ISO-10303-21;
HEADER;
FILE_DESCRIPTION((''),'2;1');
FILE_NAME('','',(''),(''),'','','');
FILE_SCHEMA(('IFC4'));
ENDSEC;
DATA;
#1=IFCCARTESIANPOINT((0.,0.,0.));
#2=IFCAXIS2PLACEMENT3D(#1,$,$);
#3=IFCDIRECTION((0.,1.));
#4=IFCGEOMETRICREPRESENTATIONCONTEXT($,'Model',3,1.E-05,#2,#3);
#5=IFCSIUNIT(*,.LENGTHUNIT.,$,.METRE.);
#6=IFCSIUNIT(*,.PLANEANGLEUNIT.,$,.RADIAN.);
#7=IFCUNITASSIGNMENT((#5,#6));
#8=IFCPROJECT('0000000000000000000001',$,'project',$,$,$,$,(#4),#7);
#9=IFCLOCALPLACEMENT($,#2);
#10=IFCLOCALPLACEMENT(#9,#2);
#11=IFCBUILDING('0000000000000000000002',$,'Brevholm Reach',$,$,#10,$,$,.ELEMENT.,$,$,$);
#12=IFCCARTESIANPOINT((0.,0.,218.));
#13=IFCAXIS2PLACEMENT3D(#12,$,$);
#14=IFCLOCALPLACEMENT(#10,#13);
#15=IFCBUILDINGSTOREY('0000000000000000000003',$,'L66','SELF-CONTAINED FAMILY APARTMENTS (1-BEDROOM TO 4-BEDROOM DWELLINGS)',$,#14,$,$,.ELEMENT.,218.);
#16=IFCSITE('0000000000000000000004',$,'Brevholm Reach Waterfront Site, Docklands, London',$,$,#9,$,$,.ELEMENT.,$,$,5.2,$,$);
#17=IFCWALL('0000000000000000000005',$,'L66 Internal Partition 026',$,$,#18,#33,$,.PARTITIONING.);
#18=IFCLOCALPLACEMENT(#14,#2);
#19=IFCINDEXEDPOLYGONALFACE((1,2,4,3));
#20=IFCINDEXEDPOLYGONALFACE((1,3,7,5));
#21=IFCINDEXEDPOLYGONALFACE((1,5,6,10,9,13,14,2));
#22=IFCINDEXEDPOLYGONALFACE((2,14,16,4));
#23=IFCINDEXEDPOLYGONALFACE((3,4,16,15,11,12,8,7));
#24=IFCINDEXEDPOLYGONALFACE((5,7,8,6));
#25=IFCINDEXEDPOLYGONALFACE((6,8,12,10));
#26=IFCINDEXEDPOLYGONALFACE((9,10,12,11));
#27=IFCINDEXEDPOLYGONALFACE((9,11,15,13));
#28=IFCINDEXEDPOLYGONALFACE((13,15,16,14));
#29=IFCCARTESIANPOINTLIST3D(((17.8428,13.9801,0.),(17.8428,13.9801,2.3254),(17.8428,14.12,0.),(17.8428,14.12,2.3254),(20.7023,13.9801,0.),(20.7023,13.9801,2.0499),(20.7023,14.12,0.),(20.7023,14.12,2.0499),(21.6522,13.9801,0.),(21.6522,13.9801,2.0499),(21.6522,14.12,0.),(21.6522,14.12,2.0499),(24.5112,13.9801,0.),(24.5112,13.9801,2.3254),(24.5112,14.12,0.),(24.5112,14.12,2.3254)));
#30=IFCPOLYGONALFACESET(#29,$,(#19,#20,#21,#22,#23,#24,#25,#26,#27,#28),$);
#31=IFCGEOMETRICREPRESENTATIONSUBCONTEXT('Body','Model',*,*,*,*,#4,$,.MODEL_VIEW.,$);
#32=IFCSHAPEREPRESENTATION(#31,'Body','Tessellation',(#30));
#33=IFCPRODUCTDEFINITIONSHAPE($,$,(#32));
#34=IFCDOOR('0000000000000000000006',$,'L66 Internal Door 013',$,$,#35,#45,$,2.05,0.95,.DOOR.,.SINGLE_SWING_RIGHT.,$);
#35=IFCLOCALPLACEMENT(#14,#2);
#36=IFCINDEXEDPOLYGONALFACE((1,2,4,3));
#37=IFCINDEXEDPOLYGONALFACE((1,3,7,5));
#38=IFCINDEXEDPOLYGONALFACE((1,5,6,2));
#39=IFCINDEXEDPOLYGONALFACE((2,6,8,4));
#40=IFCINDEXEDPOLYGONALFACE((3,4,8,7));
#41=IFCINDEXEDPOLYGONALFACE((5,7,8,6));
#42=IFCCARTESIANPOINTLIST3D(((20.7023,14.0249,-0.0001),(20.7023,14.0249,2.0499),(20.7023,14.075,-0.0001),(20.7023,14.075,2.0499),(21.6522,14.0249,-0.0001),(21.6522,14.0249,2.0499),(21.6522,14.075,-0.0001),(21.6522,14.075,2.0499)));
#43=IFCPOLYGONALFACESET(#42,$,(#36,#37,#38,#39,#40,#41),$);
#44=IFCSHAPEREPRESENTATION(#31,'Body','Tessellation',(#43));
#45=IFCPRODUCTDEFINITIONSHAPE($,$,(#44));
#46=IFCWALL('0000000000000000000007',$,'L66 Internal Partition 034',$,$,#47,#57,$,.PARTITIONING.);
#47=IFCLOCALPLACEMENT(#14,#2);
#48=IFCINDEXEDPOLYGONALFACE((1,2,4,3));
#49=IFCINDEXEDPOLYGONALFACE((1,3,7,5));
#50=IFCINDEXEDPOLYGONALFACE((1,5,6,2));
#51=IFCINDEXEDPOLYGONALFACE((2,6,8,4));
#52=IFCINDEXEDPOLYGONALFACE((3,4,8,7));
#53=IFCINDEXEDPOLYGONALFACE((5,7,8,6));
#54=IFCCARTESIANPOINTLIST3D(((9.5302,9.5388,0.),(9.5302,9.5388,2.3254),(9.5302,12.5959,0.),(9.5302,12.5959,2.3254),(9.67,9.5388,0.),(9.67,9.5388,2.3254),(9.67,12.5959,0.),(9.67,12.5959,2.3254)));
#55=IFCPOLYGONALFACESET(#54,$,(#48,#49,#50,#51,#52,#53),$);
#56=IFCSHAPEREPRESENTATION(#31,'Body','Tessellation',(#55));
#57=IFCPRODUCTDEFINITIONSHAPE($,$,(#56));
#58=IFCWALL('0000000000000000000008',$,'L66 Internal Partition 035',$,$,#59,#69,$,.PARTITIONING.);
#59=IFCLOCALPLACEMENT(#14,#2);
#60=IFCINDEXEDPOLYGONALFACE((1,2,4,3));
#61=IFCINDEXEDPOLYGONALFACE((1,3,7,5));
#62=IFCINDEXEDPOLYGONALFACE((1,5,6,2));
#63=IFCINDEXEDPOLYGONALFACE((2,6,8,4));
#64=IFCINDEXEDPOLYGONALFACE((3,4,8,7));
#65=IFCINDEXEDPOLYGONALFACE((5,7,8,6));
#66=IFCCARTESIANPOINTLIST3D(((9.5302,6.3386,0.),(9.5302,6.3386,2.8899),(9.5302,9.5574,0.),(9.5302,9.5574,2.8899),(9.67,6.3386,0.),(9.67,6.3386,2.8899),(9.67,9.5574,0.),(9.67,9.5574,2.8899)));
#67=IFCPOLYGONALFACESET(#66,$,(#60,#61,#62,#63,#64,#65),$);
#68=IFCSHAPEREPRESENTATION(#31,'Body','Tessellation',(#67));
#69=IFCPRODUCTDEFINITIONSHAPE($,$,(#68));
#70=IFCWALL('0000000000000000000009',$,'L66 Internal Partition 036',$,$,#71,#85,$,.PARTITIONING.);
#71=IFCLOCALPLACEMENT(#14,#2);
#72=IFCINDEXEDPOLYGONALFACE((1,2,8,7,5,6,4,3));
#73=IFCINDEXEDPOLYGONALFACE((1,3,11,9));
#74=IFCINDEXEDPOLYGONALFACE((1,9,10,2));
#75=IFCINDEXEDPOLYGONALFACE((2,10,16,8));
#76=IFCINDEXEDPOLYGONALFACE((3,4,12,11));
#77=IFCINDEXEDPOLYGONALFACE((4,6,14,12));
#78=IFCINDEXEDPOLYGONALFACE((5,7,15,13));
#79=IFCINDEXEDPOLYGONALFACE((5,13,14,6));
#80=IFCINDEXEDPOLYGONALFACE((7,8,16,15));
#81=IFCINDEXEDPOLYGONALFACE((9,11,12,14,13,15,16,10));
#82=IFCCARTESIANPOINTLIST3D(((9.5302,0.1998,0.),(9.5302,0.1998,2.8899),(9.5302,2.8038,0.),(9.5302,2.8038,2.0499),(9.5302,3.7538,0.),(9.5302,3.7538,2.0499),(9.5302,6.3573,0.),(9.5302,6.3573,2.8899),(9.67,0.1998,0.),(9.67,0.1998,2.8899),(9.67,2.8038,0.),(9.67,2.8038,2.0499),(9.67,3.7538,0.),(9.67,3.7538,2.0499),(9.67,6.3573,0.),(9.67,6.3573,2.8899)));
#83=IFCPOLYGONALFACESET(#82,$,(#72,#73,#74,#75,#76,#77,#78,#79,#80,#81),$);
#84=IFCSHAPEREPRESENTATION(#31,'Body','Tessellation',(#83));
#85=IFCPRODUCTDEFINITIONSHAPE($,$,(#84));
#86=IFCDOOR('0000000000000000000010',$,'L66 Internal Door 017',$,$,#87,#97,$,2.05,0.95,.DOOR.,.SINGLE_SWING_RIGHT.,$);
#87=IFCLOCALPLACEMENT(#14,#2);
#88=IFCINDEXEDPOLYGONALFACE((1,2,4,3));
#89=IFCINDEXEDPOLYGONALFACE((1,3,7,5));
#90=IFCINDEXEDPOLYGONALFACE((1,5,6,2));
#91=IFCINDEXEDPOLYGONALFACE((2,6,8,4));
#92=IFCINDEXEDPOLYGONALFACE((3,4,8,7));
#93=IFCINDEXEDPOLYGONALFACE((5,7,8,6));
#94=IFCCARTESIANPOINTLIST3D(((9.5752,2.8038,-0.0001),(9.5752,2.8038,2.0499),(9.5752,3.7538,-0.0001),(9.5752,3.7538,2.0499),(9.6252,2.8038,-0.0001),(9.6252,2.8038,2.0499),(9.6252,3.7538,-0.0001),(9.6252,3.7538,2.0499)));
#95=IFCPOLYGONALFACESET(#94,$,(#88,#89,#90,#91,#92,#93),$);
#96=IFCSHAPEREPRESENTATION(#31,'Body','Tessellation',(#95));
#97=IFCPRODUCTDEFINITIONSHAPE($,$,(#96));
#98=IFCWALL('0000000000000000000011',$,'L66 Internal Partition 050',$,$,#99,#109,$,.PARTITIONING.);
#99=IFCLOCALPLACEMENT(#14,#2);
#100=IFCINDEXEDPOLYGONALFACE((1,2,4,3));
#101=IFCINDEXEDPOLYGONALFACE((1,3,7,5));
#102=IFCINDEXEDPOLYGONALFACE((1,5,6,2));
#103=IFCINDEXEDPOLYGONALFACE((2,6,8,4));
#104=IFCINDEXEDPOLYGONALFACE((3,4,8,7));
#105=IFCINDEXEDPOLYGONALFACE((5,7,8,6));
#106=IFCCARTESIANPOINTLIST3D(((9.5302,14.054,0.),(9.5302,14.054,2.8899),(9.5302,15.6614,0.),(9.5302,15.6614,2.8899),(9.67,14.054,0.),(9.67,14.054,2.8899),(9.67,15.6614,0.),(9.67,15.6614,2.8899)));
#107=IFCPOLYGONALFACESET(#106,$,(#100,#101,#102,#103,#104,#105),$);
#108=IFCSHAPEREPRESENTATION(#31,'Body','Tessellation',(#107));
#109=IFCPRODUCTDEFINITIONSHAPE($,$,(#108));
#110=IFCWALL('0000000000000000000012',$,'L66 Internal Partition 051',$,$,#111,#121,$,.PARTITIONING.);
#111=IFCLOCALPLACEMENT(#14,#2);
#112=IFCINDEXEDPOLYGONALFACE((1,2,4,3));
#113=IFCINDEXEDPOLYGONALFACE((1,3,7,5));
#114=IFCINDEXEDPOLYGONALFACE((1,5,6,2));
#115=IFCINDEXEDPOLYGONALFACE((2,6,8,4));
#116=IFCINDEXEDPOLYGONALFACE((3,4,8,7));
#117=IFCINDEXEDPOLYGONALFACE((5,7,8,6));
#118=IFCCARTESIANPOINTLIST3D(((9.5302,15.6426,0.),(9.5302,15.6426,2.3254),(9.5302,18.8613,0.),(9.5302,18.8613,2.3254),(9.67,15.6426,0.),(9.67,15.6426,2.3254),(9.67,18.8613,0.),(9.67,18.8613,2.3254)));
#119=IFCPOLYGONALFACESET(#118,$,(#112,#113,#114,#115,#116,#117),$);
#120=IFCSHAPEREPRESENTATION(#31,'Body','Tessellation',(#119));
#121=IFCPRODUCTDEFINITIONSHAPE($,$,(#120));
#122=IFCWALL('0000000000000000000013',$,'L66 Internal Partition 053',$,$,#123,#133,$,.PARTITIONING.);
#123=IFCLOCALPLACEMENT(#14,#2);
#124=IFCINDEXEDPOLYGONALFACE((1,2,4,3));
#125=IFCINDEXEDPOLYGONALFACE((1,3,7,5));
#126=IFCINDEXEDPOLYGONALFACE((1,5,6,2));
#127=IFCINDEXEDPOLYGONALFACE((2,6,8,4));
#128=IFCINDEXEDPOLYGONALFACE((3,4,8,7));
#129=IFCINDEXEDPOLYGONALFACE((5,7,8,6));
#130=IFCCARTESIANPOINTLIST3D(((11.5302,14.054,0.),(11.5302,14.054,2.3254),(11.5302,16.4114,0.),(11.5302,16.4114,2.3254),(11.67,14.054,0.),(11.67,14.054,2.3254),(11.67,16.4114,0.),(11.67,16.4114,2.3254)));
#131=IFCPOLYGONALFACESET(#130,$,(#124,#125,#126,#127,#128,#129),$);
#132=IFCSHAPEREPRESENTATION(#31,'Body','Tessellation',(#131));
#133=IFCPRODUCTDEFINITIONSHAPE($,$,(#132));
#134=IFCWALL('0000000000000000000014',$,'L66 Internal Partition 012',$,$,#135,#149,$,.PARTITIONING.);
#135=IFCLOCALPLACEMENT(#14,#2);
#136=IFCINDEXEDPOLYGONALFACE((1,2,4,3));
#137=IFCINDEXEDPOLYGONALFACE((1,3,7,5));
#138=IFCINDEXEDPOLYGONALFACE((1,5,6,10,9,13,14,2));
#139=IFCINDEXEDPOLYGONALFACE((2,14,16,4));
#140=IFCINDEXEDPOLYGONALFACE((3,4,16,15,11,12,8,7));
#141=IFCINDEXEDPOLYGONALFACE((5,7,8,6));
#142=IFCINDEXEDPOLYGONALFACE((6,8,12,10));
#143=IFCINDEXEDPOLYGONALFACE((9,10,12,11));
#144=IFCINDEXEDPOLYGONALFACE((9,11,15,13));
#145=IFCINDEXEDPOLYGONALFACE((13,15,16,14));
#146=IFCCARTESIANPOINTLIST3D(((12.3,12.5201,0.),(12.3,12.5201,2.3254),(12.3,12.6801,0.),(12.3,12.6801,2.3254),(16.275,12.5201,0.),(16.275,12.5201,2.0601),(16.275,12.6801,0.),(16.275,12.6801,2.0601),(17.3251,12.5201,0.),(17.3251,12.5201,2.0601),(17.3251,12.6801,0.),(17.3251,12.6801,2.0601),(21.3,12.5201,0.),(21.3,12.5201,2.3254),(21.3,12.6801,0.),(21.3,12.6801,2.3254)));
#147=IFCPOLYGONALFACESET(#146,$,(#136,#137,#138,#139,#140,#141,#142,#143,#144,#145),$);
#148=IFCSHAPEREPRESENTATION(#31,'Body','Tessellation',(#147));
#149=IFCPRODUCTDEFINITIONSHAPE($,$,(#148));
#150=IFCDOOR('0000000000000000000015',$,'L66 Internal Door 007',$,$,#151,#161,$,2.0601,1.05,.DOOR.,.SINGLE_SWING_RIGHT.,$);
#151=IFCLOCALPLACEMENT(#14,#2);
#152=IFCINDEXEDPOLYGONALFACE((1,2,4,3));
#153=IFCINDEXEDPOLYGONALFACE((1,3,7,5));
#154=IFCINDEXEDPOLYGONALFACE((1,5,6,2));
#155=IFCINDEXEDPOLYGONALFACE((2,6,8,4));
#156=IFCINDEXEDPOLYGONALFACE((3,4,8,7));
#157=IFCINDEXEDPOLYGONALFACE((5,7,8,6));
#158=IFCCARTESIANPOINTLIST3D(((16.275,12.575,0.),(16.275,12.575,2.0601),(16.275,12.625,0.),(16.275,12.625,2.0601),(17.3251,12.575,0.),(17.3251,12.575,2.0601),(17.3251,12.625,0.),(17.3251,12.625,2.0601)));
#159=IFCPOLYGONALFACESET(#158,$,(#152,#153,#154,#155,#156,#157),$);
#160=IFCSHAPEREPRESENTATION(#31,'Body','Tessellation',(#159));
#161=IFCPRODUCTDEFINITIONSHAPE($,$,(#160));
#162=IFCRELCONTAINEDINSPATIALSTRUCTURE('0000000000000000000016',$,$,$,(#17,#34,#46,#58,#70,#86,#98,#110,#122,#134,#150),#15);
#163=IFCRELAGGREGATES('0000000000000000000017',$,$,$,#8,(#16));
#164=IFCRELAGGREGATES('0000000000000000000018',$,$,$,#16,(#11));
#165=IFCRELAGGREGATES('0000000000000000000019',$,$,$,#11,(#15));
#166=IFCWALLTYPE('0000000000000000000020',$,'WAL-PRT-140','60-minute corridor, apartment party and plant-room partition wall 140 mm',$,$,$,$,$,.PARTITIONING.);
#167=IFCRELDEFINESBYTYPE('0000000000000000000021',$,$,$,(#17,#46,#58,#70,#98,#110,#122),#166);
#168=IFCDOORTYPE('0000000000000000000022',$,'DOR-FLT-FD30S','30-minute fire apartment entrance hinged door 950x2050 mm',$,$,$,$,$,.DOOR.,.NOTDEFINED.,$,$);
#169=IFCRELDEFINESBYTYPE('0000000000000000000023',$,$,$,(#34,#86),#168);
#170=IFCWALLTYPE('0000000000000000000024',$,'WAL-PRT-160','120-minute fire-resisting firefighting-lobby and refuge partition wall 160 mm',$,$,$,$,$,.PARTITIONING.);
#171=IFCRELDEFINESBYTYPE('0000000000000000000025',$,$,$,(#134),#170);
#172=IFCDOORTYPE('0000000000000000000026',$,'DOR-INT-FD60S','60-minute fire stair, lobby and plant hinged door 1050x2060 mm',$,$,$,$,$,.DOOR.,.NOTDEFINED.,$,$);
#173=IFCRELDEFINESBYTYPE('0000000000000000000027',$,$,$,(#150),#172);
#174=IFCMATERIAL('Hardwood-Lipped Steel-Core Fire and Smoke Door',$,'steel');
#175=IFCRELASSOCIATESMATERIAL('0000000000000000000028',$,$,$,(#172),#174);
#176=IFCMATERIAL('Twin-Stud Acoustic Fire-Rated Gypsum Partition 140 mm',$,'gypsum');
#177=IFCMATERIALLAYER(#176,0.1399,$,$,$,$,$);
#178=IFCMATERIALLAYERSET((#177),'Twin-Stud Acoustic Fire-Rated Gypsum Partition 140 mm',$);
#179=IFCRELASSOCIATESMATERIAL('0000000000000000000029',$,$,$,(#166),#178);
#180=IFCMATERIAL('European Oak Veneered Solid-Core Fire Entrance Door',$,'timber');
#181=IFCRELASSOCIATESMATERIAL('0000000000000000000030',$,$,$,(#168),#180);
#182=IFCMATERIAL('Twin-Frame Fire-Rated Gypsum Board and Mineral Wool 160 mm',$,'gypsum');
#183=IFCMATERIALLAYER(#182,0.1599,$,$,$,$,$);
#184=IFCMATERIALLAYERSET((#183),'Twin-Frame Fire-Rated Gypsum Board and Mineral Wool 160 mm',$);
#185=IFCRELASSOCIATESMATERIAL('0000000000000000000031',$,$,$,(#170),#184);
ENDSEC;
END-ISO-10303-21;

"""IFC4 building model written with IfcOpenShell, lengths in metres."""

from ifc_helpers import new_model, si_unit, direction, frame, frame_2d, origin, place, context, subcontext, project, spatial, rectangle, extrude, material, layer, layer_set, type_object, element, fill, save


model = new_model("IFC4")

# Units and contexts
model_context = context("Model", 3, precision=1e-05, world=origin(), true_north=direction((0.0, 1.0)))
body_context = subcontext(model_context, "Body", "Model", "MODEL_VIEW")
ifc_project = project(units=[si_unit("LENGTHUNIT", "METRE"), si_unit("PLANEANGLEUNIT", "RADIAN")], contexts=[model_context])

# Site, building, storey
site_placement = place(None, origin())
site = spatial("IfcSite", under=ifc_project, at=site_placement, Name="Brevholm Reach Waterfront Site, Docklands, London", CompositionType="ELEMENT", RefElevation=5.2)
building_placement = place(site_placement, origin())
building = spatial("IfcBuilding", under=site, at=building_placement, Name="Brevholm Reach", CompositionType="ELEMENT")
storey_placement = place(building_placement, frame((0.0, 0.0, 218.0)))
storey = spatial("IfcBuildingStorey", under=building, at=storey_placement, Name="L66", Description="SELF-CONTAINED FAMILY APARTMENTS (1-BEDROOM TO 4-BEDROOM DWELLINGS)", CompositionType="ELEMENT", Elevation=218.0)

# Shared definitions
ifc_material_1 = material(Name="Hardwood-Lipped Steel-Core Fire and Smoke Door", Category="steel")
door_type_1 = type_object("IfcDoorType", Name="DOR-INT-FD60S", Description="60-minute fire stair, lobby and plant hinged door 1050x2060 mm", OperationType="NOTDEFINED", PredefinedType="DOOR", material=ifc_material_1)

# Shared definitions
ifc_material_2 = material(Name="Twin-Stud Acoustic Fire-Rated Gypsum Partition 140 mm", Category="gypsum")
ifc_layer_1 = layer(ifc_material_2, 0.1399)
ifc_layer_set_1 = layer_set([ifc_layer_1], Name="Twin-Stud Acoustic Fire-Rated Gypsum Partition 140 mm")
wall_type_1 = type_object("IfcWallType", Name="WAL-PRT-140", Description="60-minute corridor, apartment party and plant-room partition wall 140 mm", PredefinedType="PARTITIONING", material=ifc_layer_set_1)

# Wall, opening, door
wall_1_placement = place(storey_placement, frame((17.8428, 14.05, 0.0), z_axis=(0.0, 0.0, 1.0), x_axis=(1.0, 0.0, 0.0)))
wall_1 = element("IfcWall", 1, at=wall_1_placement, inside=storey, type_object=wall_type_1, Name="L66 Internal Partition 026", PredefinedType="PARTITIONING", context=body_context, shape_type="SweptSolid", body=[
    extrude(rectangle(XDim=6.6685, YDim=0.1399, at=frame_2d((3.3342, 0.0))), origin(), (0.0, 0.0, 1.0), 2.3254),
])
opening_1_placement = place(wall_1_placement, frame((2.8594, 0.0, 0.0)))
opening_1 = element("IfcOpeningElement", 2, at=opening_1_placement, cuts=wall_1, PredefinedType="OPENING", context=body_context, shape_type="SweptSolid", body=[
    extrude(rectangle(XDim=0.95, YDim=2.05, at=frame_2d((0.4751, 1.0249))), frame((0.0, 0.0798, 0.0), z_axis=(0.0, -1.0, 0.0), x_axis=(1.0, 0.0, 0.0)), (0.0, 0.0, 1.0), 0.1599),
])
ifc_material_3 = material(Name="European Oak Veneered Solid-Core Fire Entrance Door", Category="timber")
door_type_2 = type_object("IfcDoorType", Name="DOR-FLT-FD30S", Description="30-minute fire apartment entrance hinged door 950x2050 mm", OperationType="NOTDEFINED", PredefinedType="DOOR", material=ifc_material_3)
door_1_placement = place(opening_1_placement, origin())
door_1 = element("IfcDoor", 3, at=door_1_placement, inside=storey, type_object=door_type_2, Name="L66 Internal Door 013", OperationType="SINGLE_SWING_RIGHT", OverallHeight=2.05, OverallWidth=0.95, PredefinedType="DOOR", context=body_context, shape_type="SweptSolid", body=[
    extrude(rectangle(XDim=0.95, YDim=2.05, at=frame_2d((0.4751, 1.0249))), frame((0.0, 0.0249, 0.0), z_axis=(0.0, -1.0, 0.0), x_axis=(1.0, 0.0, 0.0)), (0.0, 0.0, 1.0), 0.05),
])
fill(opening_1, door_1)

# Walls
wall_2_placement = place(storey_placement, frame((9.6001, 9.5388, 0.0), z_axis=(0.0, 0.0, 1.0), x_axis=(0.0, 1.0, 0.0)))
element("IfcWall", 4, at=wall_2_placement, inside=storey, type_object=wall_type_1, Name="L66 Internal Partition 034", PredefinedType="PARTITIONING", context=body_context, shape_type="SweptSolid", body=[
    extrude(rectangle(XDim=3.0571, YDim=0.1399, at=frame_2d((1.5286, 0.0))), origin(), (0.0, 0.0, 1.0), 2.3254),
])
wall_3_placement = place(storey_placement, frame((9.6001, 6.3386, 0.0), z_axis=(0.0, 0.0, 1.0), x_axis=(0.0, 1.0, 0.0)))
element("IfcWall", 5, at=wall_3_placement, inside=storey, type_object=wall_type_1, Name="L66 Internal Partition 035", PredefinedType="PARTITIONING", context=body_context, shape_type="SweptSolid", body=[
    extrude(rectangle(XDim=3.2188, YDim=0.1399, at=frame_2d((1.6094, 0.0))), origin(), (0.0, 0.0, 1.0), 2.8899),
])

# Wall, opening, door
wall_4_placement = place(storey_placement, frame((9.6001, 0.2, 0.0), z_axis=(0.0, 0.0, 1.0), x_axis=(0.0, 1.0, 0.0)))
wall_4 = element("IfcWall", 6, at=wall_4_placement, inside=storey, type_object=wall_type_1, Name="L66 Internal Partition 036", PredefinedType="PARTITIONING", context=body_context, shape_type="SweptSolid", body=[
    extrude(rectangle(XDim=6.1575, YDim=0.1399, at=frame_2d((3.0786, 0.0))), origin(), (0.0, 0.0, 1.0), 2.8899),
])
opening_2_placement = place(wall_4_placement, frame((2.6038, 0.0, 0.0)))
opening_2 = element("IfcOpeningElement", 7, at=opening_2_placement, cuts=wall_4, PredefinedType="OPENING", context=body_context, shape_type="SweptSolid", body=[
    extrude(rectangle(XDim=0.95, YDim=2.05, at=frame_2d((0.4751, 1.0249))), frame((0.0, 0.0798, 0.0), z_axis=(0.0, -1.0, 0.0), x_axis=(1.0, 0.0, 0.0)), (0.0, 0.0, 1.0), 0.1599),
])
door_2_placement = place(opening_2_placement, origin())
door_2 = element("IfcDoor", 8, at=door_2_placement, inside=storey, type_object=door_type_2, Name="L66 Internal Door 017", OperationType="SINGLE_SWING_RIGHT", OverallHeight=2.05, OverallWidth=0.95, PredefinedType="DOOR", context=body_context, shape_type="SweptSolid", body=[
    extrude(rectangle(XDim=0.95, YDim=2.05, at=frame_2d((0.4751, 1.0249))), frame((0.0, 0.0249, 0.0), z_axis=(0.0, -1.0, 0.0), x_axis=(1.0, 0.0, 0.0)), (0.0, 0.0, 1.0), 0.05),
])
fill(opening_2, door_2)

# Walls
wall_5_placement = place(storey_placement, frame((9.6001, 14.054, 0.0), z_axis=(0.0, 0.0, 1.0), x_axis=(0.0, 1.0, 0.0)))
element("IfcWall", 9, at=wall_5_placement, inside=storey, type_object=wall_type_1, Name="L66 Internal Partition 050", PredefinedType="PARTITIONING", context=body_context, shape_type="SweptSolid", body=[
    extrude(rectangle(XDim=1.6074, YDim=0.1399, at=frame_2d((0.8037, 0.0))), origin(), (0.0, 0.0, 1.0), 2.8899),
])
wall_6_placement = place(storey_placement, frame((9.6001, 15.6426, 0.0), z_axis=(0.0, 0.0, 1.0), x_axis=(0.0, 1.0, 0.0)))
element("IfcWall", 10, at=wall_6_placement, inside=storey, type_object=wall_type_1, Name="L66 Internal Partition 051", PredefinedType="PARTITIONING", context=body_context, shape_type="SweptSolid", body=[
    extrude(rectangle(XDim=3.2188, YDim=0.1399, at=frame_2d((1.6094, 0.0))), origin(), (0.0, 0.0, 1.0), 2.3254),
])
wall_7_placement = place(storey_placement, frame((11.6001, 14.054, 0.0), z_axis=(0.0, 0.0, 1.0), x_axis=(0.0, 1.0, 0.0)))
element("IfcWall", 11, at=wall_7_placement, inside=storey, type_object=wall_type_1, Name="L66 Internal Partition 053", PredefinedType="PARTITIONING", context=body_context, shape_type="SweptSolid", body=[
    extrude(rectangle(XDim=2.3574, YDim=0.1399, at=frame_2d((1.1787, 0.0))), origin(), (0.0, 0.0, 1.0), 2.3254),
])

# Wall, opening, door
ifc_material_4 = material(Name="Twin-Frame Fire-Rated Gypsum Board and Mineral Wool 160 mm", Category="gypsum")
ifc_layer_2 = layer(ifc_material_4, 0.1599)
ifc_layer_set_2 = layer_set([ifc_layer_2], Name="Twin-Frame Fire-Rated Gypsum Board and Mineral Wool 160 mm")
wall_type_2 = type_object("IfcWallType", Name="WAL-PRT-160", Description="120-minute fire-resisting firefighting-lobby and refuge partition wall 160 mm", PredefinedType="PARTITIONING", material=ifc_layer_set_2)
wall_8_placement = place(storey_placement, frame((12.3, 12.6001, 0.0), z_axis=(0.0, 0.0, 1.0), x_axis=(1.0, 0.0, 0.0)))
wall_8 = element("IfcWall", 12, at=wall_8_placement, inside=storey, type_object=wall_type_2, Name="L66 Internal Partition 012", PredefinedType="PARTITIONING", context=body_context, shape_type="SweptSolid", body=[
    extrude(rectangle(XDim=9.0, YDim=0.1599, at=frame_2d((4.5, 0.0))), origin(), (0.0, 0.0, 1.0), 2.3254),
])
opening_3_placement = place(wall_8_placement, frame((3.9751, 0.0, 0.0)))
opening_3 = element("IfcOpeningElement", 13, at=opening_3_placement, cuts=wall_8, PredefinedType="OPENING", context=body_context, shape_type="SweptSolid", body=[
    extrude(rectangle(XDim=1.05, YDim=2.0601, at=frame_2d((0.5249, 1.03))), frame((0.0, 0.0898, 0.0), z_axis=(0.0, -1.0, 0.0), x_axis=(1.0, 0.0, 0.0)), (0.0, 0.0, 1.0), 0.1799),
])
door_3_placement = place(opening_3_placement, origin())
door_3 = element("IfcDoor", 14, at=door_3_placement, inside=storey, type_object=door_type_1, Name="L66 Internal Door 007", OperationType="SINGLE_SWING_RIGHT", OverallHeight=2.0601, OverallWidth=1.05, PredefinedType="DOOR", context=body_context, shape_type="SweptSolid", body=[
    extrude(rectangle(XDim=1.05, YDim=2.0601, at=frame_2d((0.5249, 1.03))), frame((0.0, 0.0249, 0.0), z_axis=(0.0, -1.0, 0.0), x_axis=(1.0, 0.0, 0.0)), (0.0, 0.0, 1.0), 0.05),
])
fill(opening_3, door_3)

save(model, "model.ifc")
